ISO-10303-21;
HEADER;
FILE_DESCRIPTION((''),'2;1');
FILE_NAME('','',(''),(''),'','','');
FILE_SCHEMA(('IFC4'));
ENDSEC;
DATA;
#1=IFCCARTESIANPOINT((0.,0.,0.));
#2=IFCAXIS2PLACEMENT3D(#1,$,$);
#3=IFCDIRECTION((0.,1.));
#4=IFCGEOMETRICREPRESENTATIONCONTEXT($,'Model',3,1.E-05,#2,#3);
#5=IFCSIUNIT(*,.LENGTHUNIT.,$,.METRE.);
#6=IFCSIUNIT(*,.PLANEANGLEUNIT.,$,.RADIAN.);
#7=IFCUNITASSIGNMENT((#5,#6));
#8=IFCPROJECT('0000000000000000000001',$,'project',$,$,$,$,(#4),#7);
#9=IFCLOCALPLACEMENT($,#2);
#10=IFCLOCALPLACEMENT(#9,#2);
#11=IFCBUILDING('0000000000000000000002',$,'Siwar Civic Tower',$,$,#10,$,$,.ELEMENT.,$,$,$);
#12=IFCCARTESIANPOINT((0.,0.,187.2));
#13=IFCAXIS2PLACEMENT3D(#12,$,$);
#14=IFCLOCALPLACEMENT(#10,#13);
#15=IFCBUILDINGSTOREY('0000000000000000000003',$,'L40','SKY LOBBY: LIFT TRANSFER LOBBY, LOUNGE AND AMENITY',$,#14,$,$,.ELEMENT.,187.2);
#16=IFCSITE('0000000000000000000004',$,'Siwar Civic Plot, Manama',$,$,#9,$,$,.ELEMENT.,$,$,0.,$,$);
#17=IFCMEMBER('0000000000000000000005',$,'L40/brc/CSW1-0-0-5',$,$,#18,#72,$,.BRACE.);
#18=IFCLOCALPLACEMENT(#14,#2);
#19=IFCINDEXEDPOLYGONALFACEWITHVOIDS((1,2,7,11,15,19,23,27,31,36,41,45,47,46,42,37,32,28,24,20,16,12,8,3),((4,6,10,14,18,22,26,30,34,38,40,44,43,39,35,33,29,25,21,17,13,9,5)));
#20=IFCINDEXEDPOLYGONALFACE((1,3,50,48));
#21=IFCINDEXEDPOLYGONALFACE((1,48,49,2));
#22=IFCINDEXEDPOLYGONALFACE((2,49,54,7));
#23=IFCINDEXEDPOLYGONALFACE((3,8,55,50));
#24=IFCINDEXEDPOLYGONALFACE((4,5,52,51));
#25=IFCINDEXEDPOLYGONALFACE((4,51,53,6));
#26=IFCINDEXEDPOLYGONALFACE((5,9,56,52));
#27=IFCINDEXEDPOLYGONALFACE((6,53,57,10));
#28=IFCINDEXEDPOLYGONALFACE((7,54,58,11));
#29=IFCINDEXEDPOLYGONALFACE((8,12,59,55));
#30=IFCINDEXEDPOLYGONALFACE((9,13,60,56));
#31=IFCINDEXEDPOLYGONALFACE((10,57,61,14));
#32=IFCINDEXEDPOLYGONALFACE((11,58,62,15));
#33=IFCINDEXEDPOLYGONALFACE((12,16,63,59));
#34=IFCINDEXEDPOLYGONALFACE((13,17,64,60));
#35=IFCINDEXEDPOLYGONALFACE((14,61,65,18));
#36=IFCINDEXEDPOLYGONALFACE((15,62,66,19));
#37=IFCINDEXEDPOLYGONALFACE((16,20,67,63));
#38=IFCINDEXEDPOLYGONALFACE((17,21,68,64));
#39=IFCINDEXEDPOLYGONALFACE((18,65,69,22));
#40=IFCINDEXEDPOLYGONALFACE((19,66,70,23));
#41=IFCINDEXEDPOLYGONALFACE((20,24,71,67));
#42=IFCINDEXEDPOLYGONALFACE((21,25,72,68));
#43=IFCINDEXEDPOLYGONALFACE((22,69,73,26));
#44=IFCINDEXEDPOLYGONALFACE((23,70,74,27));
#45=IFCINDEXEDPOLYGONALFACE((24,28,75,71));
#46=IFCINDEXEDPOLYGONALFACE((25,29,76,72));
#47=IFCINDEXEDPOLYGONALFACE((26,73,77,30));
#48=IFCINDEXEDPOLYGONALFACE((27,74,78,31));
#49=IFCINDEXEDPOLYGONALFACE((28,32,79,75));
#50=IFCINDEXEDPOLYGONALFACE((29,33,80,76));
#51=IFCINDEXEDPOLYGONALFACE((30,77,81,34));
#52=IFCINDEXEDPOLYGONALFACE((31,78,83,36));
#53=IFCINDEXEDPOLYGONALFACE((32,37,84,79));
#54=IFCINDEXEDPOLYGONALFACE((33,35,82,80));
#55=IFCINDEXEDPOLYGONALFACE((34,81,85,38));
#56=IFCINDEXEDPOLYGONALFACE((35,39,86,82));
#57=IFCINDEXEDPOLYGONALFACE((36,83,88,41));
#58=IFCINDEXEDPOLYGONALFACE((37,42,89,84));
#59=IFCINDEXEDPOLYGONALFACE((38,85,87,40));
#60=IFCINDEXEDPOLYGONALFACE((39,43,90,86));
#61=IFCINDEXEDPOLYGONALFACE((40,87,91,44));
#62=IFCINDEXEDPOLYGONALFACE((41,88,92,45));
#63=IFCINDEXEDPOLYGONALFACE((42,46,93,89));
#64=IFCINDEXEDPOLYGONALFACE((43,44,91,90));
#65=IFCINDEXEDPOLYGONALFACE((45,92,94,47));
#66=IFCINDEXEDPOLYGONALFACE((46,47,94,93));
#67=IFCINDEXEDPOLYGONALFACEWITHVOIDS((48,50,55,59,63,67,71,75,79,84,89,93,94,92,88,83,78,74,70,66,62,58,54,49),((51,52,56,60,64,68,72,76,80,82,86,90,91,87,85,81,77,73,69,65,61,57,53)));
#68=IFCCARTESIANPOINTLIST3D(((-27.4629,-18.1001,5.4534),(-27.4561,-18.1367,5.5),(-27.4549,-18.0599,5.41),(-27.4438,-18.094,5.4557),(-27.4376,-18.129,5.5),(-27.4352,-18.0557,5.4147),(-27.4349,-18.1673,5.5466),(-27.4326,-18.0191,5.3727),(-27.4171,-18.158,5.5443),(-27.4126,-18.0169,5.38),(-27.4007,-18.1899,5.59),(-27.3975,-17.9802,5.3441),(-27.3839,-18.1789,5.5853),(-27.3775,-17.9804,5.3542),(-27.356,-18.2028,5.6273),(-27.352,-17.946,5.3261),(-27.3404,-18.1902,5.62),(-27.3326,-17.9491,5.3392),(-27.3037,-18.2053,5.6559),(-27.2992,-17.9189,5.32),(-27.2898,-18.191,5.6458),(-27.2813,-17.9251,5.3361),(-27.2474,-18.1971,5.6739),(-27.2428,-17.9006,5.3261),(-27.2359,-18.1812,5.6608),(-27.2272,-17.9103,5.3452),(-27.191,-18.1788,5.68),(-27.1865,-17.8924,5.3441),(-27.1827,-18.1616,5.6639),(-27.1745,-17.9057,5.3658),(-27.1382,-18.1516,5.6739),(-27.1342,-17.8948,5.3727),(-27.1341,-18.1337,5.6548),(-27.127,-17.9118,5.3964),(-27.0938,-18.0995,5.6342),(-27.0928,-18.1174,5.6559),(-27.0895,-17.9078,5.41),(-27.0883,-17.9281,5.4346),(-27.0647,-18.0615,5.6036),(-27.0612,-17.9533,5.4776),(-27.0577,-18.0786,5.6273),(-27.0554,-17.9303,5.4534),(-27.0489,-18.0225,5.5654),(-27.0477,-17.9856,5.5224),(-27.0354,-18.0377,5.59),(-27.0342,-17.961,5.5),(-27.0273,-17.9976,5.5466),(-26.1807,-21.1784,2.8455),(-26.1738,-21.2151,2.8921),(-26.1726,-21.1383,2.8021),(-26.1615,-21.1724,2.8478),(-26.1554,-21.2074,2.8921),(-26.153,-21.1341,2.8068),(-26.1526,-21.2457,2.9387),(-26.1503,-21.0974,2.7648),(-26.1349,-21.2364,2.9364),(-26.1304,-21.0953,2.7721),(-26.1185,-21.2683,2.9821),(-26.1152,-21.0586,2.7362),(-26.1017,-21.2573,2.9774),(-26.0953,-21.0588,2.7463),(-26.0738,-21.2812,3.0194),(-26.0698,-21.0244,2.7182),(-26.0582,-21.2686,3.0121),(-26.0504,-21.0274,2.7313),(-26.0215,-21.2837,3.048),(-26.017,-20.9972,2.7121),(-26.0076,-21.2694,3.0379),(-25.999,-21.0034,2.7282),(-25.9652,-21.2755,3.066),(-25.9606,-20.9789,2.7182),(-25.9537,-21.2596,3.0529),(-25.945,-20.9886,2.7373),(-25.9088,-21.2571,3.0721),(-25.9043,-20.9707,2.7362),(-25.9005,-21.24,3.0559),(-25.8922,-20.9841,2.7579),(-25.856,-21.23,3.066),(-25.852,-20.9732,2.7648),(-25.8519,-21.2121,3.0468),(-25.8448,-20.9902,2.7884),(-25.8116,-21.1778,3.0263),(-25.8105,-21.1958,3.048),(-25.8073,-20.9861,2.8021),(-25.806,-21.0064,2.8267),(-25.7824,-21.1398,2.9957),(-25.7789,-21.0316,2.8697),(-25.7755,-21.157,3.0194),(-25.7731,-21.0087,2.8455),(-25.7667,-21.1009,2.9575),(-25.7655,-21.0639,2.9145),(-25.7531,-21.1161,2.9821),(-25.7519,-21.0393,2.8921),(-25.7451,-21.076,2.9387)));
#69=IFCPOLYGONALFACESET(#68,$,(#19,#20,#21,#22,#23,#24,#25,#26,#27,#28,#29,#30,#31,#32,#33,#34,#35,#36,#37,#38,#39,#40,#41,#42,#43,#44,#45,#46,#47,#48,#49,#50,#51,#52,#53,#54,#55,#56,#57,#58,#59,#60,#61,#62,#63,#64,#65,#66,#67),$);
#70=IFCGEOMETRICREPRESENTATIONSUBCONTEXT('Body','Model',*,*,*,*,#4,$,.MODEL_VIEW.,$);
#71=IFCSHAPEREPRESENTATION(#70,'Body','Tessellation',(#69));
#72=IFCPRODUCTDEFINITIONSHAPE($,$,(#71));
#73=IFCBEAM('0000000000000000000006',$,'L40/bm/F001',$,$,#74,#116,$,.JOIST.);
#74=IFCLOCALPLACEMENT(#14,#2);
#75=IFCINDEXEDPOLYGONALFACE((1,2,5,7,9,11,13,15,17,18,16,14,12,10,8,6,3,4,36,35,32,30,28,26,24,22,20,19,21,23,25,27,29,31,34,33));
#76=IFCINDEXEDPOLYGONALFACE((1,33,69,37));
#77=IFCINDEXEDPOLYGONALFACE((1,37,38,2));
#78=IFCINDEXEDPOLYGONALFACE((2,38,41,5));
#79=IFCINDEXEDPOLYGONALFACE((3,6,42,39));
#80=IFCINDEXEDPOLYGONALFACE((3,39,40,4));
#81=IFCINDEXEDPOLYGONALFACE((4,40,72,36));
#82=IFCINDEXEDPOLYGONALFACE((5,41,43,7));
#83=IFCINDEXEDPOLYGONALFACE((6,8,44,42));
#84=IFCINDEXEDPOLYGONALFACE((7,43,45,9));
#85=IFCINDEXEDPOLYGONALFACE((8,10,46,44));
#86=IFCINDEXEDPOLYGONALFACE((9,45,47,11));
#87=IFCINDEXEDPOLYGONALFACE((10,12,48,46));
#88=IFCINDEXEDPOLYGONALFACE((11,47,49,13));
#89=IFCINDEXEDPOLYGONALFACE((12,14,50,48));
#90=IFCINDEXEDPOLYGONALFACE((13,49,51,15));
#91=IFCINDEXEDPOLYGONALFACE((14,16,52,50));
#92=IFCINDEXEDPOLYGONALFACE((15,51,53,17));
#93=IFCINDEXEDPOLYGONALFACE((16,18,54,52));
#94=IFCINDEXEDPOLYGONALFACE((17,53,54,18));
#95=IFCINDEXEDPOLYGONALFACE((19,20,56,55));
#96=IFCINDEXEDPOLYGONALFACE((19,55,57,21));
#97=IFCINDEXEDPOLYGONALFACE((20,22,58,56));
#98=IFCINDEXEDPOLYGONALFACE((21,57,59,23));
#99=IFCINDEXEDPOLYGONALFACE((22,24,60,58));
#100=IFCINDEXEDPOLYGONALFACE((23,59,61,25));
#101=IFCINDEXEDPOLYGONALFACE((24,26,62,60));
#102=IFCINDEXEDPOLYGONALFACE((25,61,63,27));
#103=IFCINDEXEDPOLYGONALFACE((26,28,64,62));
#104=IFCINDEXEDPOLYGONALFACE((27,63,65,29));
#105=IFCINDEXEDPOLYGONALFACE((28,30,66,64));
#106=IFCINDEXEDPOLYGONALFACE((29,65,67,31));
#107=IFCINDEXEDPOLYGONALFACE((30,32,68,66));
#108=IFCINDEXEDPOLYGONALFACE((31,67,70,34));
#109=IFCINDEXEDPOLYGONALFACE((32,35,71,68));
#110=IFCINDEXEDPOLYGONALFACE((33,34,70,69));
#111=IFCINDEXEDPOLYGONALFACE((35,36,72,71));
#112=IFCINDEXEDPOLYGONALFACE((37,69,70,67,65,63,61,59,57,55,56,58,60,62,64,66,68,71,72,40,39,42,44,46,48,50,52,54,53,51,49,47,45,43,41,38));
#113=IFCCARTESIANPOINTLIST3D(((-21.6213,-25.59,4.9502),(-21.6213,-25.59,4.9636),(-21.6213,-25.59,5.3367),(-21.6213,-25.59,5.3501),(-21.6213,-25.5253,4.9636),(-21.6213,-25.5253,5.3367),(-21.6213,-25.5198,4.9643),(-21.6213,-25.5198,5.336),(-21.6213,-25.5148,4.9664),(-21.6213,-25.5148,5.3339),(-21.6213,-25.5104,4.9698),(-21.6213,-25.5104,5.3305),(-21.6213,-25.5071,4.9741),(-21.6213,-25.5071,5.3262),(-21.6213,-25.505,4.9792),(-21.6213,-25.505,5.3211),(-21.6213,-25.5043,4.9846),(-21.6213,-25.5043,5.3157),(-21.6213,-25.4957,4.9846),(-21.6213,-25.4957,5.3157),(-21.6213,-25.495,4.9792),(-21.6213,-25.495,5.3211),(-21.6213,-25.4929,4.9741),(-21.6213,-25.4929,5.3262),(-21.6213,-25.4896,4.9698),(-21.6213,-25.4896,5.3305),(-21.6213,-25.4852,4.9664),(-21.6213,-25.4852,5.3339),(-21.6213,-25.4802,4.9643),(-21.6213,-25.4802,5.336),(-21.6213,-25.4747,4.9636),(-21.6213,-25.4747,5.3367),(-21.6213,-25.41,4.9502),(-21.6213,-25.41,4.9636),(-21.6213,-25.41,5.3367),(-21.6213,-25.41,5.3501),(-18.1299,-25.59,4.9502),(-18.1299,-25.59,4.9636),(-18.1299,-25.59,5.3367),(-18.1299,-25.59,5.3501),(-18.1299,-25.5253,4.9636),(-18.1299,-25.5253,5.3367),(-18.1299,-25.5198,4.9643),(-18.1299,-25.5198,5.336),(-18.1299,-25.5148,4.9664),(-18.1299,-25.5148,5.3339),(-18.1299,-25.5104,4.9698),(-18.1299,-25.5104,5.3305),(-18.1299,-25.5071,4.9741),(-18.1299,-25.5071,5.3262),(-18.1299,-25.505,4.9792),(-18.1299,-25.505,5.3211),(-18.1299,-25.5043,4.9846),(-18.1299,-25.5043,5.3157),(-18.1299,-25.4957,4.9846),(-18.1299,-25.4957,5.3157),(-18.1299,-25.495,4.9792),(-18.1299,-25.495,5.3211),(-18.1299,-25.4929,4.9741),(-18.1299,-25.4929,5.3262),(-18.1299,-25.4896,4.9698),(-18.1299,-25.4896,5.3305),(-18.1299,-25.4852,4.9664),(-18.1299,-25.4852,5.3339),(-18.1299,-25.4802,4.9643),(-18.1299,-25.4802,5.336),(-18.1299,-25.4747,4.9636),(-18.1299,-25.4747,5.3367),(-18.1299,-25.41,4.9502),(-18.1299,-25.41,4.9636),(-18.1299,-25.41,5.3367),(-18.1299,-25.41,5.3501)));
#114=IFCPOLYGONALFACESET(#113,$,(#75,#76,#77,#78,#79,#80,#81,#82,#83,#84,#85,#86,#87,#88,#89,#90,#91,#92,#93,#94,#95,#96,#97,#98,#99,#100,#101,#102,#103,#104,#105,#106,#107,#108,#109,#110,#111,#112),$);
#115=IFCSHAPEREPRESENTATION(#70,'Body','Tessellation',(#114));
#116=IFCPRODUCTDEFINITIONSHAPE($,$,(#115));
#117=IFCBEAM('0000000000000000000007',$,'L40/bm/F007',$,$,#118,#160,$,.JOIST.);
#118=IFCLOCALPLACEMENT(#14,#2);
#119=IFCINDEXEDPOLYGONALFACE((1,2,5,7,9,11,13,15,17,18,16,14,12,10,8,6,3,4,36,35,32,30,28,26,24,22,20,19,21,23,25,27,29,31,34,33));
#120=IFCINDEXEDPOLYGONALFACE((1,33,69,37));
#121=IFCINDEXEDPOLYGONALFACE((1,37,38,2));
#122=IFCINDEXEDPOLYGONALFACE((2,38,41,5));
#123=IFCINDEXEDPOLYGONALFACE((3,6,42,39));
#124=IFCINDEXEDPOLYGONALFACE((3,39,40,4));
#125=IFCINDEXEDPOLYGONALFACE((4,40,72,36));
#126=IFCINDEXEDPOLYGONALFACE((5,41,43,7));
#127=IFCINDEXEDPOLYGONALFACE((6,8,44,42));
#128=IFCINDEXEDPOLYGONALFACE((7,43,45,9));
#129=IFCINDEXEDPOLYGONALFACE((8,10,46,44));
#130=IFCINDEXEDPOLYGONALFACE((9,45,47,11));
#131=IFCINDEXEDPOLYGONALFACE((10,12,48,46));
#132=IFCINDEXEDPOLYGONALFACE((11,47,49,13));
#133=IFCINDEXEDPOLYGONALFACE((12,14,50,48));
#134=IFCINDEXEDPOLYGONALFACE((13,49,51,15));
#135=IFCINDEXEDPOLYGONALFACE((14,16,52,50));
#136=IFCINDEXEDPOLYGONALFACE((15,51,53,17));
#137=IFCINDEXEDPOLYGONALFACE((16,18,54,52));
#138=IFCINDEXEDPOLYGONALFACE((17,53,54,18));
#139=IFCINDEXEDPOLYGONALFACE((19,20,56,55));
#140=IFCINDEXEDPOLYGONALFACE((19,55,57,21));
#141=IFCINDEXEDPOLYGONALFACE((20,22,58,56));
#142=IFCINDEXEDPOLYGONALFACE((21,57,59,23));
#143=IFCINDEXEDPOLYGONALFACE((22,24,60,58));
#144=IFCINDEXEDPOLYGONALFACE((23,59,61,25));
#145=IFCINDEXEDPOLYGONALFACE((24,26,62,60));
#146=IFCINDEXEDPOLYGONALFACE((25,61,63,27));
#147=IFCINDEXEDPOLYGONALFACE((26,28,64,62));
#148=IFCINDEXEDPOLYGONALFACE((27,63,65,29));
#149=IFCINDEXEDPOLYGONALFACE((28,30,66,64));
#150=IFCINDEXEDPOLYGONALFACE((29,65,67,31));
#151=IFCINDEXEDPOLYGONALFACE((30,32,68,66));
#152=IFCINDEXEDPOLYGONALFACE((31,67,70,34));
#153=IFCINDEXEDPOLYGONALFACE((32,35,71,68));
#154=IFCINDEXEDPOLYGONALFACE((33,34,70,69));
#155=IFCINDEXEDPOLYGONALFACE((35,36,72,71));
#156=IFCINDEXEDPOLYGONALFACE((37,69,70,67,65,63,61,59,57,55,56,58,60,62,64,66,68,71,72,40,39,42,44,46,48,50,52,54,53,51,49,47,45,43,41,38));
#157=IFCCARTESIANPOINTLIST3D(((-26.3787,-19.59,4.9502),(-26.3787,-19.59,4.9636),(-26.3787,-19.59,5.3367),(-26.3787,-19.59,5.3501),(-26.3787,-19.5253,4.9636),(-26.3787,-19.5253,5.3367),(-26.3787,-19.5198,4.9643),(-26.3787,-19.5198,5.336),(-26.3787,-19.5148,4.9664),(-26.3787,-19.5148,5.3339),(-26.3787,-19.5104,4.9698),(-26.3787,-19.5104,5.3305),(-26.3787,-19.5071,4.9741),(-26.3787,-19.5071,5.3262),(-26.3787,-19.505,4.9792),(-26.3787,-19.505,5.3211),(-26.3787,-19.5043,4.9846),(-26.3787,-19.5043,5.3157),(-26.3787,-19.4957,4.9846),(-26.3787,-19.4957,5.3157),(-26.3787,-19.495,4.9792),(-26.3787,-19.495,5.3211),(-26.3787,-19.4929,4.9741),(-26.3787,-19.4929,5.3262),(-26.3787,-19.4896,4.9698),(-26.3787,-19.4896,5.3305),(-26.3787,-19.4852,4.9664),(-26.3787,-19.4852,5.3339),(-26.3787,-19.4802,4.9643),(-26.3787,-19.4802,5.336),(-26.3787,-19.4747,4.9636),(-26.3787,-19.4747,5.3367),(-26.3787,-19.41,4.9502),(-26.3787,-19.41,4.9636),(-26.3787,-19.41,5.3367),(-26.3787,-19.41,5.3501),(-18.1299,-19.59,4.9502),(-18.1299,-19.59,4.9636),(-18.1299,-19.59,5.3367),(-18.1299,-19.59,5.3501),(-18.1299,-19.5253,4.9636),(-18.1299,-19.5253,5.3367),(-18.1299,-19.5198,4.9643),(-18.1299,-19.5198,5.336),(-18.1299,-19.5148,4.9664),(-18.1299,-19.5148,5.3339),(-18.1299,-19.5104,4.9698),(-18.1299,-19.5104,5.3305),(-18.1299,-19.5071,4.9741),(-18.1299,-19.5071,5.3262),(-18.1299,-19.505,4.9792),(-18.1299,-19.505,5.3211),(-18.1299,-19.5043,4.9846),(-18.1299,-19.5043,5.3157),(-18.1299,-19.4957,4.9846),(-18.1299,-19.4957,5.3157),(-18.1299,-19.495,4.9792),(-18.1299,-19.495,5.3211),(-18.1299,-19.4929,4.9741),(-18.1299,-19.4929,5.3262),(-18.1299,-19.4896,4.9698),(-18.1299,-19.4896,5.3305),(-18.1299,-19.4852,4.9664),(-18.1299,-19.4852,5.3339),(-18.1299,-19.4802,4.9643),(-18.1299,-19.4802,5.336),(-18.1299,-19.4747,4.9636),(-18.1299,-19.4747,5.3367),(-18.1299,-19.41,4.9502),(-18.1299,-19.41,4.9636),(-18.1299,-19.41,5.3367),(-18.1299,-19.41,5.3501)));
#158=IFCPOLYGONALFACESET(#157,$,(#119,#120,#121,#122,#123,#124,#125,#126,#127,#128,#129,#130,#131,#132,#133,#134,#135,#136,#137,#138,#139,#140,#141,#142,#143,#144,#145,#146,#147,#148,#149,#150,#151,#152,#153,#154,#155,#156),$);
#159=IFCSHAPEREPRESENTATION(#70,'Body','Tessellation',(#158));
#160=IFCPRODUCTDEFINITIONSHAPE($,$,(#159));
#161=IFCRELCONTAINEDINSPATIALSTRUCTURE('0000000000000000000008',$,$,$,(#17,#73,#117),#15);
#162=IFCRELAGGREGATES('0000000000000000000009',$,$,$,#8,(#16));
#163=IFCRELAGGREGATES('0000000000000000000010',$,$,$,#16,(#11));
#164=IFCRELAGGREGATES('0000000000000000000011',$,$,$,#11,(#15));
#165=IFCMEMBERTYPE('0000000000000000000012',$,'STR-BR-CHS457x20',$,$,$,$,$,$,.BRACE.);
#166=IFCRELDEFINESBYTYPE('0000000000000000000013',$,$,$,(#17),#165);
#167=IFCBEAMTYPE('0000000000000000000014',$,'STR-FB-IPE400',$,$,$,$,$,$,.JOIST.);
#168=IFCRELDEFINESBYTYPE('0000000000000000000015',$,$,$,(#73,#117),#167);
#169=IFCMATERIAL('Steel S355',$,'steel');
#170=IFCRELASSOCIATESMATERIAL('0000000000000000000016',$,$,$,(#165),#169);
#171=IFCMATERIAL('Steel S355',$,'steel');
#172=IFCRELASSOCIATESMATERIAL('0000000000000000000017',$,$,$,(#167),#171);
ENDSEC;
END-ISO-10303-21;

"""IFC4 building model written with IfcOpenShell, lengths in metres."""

from ifc_helpers import new_model, si_unit, direction, frame, origin, origin_2d, place, context, subcontext, project, spatial, hollow_circle, i_section, extrude, material, material_profile, profile_set, type_object, element, save


model = new_model("IFC4")

# Units and contexts
model_context = context("Model", 3, precision=1e-05, world=origin(), true_north=direction((0.0, 1.0)))
body_context = subcontext(model_context, "Body", "Model", "MODEL_VIEW")
ifc_project = project(units=[si_unit("LENGTHUNIT", "METRE"), si_unit("PLANEANGLEUNIT", "RADIAN")], contexts=[model_context])

# Site, building, storey
site_placement = place(None, origin())
site = spatial("IfcSite", under=ifc_project, at=site_placement, Name="Siwar Civic Plot, Manama", CompositionType="ELEMENT", RefElevation=0.0)
building_placement = place(site_placement, origin())
building = spatial("IfcBuilding", under=site, at=building_placement, Name="Siwar Civic Tower", CompositionType="ELEMENT")
storey_placement = place(building_placement, frame((0.0, 0.0, 187.2)))
storey = spatial("IfcBuildingStorey", under=building, at=storey_placement, Name="L40", Description="SKY LOBBY: LIFT TRANSFER LOBBY, LOUNGE AND AMENITY", CompositionType="ELEMENT", Elevation=187.2)

# Member
ifc_material_1 = material(Name="Steel S355", Category="steel")
ifc_material_profile_1 = material_profile(ifc_material_1, hollow_circle(Radius=0.2285, WallThickness=0.02, at=origin_2d()), Name="CHS457x20")
ifc_profile_set_1 = profile_set([ifc_material_profile_1], Name="Steel S355")
member_type_1 = type_object("IfcMemberType", Name="STR-BR-CHS457x20", PredefinedType="BRACE", material=ifc_profile_set_1)
member_1_placement = place(storey_placement, frame((-25.9629, -21.1272, 2.8921), z_axis=(-0.302884, 0.727163, 0.616032), x_axis=(-0.923122, -0.384506, 0.0)))
element("IfcMember", 1, at=member_1_placement, inside=storey, type_object=member_type_1, Name="L40/brc/CSW1-0-0-5", PredefinedType="BRACE", context=body_context, shape_type="SweptSolid", body=[
    extrude(hollow_circle(Radius=0.2285, WallThickness=0.02, at=origin_2d()), origin(), (0.0, 0.0, 1.0), 4.2334),
])

# Beams
ifc_material_2 = material(Name="Steel S355", Category="steel")
ifc_material_profile_2 = material_profile(ifc_material_2, i_section(OverallWidth=0.1799, OverallDepth=0.3999, WebThickness=0.0085, FlangeThickness=0.0134, FilletRadius=0.021, at=origin_2d()), Name="IPE400")
ifc_profile_set_2 = profile_set([ifc_material_profile_2], Name="Steel S355")
beam_type_1 = type_object("IfcBeamType", Name="STR-FB-IPE400", PredefinedType="JOIST", material=ifc_profile_set_2)
beam_1_placement = place(storey_placement, frame((-21.6213, -25.5, 5.1501), z_axis=(1.0, 0.0, 0.0), x_axis=(0.0, 1.0, 0.0)))
element("IfcBeam", 2, at=beam_1_placement, inside=storey, type_object=beam_type_1, Name="L40/bm/F001", PredefinedType="JOIST", context=body_context, shape_type="SweptSolid", body=[
    extrude(i_section(OverallWidth=0.1799, OverallDepth=0.3999, WebThickness=0.0085, FlangeThickness=0.0134, FilletRadius=0.021, at=origin_2d()), origin(), (0.0, 0.0, 1.0), 3.4915),
])
beam_2_placement = place(storey_placement, frame((-26.3787, -19.5, 5.1501), z_axis=(1.0, 0.0, 0.0), x_axis=(0.0, 1.0, 0.0)))
element("IfcBeam", 3, at=beam_2_placement, inside=storey, type_object=beam_type_1, Name="L40/bm/F007", PredefinedType="JOIST", context=body_context, shape_type="SweptSolid", body=[
    extrude(i_section(OverallWidth=0.1799, OverallDepth=0.3999, WebThickness=0.0085, FlangeThickness=0.0134, FilletRadius=0.021, at=origin_2d()), origin(), (0.0, 0.0, 1.0), 8.2488),
])

save(model, "model.ifc")
